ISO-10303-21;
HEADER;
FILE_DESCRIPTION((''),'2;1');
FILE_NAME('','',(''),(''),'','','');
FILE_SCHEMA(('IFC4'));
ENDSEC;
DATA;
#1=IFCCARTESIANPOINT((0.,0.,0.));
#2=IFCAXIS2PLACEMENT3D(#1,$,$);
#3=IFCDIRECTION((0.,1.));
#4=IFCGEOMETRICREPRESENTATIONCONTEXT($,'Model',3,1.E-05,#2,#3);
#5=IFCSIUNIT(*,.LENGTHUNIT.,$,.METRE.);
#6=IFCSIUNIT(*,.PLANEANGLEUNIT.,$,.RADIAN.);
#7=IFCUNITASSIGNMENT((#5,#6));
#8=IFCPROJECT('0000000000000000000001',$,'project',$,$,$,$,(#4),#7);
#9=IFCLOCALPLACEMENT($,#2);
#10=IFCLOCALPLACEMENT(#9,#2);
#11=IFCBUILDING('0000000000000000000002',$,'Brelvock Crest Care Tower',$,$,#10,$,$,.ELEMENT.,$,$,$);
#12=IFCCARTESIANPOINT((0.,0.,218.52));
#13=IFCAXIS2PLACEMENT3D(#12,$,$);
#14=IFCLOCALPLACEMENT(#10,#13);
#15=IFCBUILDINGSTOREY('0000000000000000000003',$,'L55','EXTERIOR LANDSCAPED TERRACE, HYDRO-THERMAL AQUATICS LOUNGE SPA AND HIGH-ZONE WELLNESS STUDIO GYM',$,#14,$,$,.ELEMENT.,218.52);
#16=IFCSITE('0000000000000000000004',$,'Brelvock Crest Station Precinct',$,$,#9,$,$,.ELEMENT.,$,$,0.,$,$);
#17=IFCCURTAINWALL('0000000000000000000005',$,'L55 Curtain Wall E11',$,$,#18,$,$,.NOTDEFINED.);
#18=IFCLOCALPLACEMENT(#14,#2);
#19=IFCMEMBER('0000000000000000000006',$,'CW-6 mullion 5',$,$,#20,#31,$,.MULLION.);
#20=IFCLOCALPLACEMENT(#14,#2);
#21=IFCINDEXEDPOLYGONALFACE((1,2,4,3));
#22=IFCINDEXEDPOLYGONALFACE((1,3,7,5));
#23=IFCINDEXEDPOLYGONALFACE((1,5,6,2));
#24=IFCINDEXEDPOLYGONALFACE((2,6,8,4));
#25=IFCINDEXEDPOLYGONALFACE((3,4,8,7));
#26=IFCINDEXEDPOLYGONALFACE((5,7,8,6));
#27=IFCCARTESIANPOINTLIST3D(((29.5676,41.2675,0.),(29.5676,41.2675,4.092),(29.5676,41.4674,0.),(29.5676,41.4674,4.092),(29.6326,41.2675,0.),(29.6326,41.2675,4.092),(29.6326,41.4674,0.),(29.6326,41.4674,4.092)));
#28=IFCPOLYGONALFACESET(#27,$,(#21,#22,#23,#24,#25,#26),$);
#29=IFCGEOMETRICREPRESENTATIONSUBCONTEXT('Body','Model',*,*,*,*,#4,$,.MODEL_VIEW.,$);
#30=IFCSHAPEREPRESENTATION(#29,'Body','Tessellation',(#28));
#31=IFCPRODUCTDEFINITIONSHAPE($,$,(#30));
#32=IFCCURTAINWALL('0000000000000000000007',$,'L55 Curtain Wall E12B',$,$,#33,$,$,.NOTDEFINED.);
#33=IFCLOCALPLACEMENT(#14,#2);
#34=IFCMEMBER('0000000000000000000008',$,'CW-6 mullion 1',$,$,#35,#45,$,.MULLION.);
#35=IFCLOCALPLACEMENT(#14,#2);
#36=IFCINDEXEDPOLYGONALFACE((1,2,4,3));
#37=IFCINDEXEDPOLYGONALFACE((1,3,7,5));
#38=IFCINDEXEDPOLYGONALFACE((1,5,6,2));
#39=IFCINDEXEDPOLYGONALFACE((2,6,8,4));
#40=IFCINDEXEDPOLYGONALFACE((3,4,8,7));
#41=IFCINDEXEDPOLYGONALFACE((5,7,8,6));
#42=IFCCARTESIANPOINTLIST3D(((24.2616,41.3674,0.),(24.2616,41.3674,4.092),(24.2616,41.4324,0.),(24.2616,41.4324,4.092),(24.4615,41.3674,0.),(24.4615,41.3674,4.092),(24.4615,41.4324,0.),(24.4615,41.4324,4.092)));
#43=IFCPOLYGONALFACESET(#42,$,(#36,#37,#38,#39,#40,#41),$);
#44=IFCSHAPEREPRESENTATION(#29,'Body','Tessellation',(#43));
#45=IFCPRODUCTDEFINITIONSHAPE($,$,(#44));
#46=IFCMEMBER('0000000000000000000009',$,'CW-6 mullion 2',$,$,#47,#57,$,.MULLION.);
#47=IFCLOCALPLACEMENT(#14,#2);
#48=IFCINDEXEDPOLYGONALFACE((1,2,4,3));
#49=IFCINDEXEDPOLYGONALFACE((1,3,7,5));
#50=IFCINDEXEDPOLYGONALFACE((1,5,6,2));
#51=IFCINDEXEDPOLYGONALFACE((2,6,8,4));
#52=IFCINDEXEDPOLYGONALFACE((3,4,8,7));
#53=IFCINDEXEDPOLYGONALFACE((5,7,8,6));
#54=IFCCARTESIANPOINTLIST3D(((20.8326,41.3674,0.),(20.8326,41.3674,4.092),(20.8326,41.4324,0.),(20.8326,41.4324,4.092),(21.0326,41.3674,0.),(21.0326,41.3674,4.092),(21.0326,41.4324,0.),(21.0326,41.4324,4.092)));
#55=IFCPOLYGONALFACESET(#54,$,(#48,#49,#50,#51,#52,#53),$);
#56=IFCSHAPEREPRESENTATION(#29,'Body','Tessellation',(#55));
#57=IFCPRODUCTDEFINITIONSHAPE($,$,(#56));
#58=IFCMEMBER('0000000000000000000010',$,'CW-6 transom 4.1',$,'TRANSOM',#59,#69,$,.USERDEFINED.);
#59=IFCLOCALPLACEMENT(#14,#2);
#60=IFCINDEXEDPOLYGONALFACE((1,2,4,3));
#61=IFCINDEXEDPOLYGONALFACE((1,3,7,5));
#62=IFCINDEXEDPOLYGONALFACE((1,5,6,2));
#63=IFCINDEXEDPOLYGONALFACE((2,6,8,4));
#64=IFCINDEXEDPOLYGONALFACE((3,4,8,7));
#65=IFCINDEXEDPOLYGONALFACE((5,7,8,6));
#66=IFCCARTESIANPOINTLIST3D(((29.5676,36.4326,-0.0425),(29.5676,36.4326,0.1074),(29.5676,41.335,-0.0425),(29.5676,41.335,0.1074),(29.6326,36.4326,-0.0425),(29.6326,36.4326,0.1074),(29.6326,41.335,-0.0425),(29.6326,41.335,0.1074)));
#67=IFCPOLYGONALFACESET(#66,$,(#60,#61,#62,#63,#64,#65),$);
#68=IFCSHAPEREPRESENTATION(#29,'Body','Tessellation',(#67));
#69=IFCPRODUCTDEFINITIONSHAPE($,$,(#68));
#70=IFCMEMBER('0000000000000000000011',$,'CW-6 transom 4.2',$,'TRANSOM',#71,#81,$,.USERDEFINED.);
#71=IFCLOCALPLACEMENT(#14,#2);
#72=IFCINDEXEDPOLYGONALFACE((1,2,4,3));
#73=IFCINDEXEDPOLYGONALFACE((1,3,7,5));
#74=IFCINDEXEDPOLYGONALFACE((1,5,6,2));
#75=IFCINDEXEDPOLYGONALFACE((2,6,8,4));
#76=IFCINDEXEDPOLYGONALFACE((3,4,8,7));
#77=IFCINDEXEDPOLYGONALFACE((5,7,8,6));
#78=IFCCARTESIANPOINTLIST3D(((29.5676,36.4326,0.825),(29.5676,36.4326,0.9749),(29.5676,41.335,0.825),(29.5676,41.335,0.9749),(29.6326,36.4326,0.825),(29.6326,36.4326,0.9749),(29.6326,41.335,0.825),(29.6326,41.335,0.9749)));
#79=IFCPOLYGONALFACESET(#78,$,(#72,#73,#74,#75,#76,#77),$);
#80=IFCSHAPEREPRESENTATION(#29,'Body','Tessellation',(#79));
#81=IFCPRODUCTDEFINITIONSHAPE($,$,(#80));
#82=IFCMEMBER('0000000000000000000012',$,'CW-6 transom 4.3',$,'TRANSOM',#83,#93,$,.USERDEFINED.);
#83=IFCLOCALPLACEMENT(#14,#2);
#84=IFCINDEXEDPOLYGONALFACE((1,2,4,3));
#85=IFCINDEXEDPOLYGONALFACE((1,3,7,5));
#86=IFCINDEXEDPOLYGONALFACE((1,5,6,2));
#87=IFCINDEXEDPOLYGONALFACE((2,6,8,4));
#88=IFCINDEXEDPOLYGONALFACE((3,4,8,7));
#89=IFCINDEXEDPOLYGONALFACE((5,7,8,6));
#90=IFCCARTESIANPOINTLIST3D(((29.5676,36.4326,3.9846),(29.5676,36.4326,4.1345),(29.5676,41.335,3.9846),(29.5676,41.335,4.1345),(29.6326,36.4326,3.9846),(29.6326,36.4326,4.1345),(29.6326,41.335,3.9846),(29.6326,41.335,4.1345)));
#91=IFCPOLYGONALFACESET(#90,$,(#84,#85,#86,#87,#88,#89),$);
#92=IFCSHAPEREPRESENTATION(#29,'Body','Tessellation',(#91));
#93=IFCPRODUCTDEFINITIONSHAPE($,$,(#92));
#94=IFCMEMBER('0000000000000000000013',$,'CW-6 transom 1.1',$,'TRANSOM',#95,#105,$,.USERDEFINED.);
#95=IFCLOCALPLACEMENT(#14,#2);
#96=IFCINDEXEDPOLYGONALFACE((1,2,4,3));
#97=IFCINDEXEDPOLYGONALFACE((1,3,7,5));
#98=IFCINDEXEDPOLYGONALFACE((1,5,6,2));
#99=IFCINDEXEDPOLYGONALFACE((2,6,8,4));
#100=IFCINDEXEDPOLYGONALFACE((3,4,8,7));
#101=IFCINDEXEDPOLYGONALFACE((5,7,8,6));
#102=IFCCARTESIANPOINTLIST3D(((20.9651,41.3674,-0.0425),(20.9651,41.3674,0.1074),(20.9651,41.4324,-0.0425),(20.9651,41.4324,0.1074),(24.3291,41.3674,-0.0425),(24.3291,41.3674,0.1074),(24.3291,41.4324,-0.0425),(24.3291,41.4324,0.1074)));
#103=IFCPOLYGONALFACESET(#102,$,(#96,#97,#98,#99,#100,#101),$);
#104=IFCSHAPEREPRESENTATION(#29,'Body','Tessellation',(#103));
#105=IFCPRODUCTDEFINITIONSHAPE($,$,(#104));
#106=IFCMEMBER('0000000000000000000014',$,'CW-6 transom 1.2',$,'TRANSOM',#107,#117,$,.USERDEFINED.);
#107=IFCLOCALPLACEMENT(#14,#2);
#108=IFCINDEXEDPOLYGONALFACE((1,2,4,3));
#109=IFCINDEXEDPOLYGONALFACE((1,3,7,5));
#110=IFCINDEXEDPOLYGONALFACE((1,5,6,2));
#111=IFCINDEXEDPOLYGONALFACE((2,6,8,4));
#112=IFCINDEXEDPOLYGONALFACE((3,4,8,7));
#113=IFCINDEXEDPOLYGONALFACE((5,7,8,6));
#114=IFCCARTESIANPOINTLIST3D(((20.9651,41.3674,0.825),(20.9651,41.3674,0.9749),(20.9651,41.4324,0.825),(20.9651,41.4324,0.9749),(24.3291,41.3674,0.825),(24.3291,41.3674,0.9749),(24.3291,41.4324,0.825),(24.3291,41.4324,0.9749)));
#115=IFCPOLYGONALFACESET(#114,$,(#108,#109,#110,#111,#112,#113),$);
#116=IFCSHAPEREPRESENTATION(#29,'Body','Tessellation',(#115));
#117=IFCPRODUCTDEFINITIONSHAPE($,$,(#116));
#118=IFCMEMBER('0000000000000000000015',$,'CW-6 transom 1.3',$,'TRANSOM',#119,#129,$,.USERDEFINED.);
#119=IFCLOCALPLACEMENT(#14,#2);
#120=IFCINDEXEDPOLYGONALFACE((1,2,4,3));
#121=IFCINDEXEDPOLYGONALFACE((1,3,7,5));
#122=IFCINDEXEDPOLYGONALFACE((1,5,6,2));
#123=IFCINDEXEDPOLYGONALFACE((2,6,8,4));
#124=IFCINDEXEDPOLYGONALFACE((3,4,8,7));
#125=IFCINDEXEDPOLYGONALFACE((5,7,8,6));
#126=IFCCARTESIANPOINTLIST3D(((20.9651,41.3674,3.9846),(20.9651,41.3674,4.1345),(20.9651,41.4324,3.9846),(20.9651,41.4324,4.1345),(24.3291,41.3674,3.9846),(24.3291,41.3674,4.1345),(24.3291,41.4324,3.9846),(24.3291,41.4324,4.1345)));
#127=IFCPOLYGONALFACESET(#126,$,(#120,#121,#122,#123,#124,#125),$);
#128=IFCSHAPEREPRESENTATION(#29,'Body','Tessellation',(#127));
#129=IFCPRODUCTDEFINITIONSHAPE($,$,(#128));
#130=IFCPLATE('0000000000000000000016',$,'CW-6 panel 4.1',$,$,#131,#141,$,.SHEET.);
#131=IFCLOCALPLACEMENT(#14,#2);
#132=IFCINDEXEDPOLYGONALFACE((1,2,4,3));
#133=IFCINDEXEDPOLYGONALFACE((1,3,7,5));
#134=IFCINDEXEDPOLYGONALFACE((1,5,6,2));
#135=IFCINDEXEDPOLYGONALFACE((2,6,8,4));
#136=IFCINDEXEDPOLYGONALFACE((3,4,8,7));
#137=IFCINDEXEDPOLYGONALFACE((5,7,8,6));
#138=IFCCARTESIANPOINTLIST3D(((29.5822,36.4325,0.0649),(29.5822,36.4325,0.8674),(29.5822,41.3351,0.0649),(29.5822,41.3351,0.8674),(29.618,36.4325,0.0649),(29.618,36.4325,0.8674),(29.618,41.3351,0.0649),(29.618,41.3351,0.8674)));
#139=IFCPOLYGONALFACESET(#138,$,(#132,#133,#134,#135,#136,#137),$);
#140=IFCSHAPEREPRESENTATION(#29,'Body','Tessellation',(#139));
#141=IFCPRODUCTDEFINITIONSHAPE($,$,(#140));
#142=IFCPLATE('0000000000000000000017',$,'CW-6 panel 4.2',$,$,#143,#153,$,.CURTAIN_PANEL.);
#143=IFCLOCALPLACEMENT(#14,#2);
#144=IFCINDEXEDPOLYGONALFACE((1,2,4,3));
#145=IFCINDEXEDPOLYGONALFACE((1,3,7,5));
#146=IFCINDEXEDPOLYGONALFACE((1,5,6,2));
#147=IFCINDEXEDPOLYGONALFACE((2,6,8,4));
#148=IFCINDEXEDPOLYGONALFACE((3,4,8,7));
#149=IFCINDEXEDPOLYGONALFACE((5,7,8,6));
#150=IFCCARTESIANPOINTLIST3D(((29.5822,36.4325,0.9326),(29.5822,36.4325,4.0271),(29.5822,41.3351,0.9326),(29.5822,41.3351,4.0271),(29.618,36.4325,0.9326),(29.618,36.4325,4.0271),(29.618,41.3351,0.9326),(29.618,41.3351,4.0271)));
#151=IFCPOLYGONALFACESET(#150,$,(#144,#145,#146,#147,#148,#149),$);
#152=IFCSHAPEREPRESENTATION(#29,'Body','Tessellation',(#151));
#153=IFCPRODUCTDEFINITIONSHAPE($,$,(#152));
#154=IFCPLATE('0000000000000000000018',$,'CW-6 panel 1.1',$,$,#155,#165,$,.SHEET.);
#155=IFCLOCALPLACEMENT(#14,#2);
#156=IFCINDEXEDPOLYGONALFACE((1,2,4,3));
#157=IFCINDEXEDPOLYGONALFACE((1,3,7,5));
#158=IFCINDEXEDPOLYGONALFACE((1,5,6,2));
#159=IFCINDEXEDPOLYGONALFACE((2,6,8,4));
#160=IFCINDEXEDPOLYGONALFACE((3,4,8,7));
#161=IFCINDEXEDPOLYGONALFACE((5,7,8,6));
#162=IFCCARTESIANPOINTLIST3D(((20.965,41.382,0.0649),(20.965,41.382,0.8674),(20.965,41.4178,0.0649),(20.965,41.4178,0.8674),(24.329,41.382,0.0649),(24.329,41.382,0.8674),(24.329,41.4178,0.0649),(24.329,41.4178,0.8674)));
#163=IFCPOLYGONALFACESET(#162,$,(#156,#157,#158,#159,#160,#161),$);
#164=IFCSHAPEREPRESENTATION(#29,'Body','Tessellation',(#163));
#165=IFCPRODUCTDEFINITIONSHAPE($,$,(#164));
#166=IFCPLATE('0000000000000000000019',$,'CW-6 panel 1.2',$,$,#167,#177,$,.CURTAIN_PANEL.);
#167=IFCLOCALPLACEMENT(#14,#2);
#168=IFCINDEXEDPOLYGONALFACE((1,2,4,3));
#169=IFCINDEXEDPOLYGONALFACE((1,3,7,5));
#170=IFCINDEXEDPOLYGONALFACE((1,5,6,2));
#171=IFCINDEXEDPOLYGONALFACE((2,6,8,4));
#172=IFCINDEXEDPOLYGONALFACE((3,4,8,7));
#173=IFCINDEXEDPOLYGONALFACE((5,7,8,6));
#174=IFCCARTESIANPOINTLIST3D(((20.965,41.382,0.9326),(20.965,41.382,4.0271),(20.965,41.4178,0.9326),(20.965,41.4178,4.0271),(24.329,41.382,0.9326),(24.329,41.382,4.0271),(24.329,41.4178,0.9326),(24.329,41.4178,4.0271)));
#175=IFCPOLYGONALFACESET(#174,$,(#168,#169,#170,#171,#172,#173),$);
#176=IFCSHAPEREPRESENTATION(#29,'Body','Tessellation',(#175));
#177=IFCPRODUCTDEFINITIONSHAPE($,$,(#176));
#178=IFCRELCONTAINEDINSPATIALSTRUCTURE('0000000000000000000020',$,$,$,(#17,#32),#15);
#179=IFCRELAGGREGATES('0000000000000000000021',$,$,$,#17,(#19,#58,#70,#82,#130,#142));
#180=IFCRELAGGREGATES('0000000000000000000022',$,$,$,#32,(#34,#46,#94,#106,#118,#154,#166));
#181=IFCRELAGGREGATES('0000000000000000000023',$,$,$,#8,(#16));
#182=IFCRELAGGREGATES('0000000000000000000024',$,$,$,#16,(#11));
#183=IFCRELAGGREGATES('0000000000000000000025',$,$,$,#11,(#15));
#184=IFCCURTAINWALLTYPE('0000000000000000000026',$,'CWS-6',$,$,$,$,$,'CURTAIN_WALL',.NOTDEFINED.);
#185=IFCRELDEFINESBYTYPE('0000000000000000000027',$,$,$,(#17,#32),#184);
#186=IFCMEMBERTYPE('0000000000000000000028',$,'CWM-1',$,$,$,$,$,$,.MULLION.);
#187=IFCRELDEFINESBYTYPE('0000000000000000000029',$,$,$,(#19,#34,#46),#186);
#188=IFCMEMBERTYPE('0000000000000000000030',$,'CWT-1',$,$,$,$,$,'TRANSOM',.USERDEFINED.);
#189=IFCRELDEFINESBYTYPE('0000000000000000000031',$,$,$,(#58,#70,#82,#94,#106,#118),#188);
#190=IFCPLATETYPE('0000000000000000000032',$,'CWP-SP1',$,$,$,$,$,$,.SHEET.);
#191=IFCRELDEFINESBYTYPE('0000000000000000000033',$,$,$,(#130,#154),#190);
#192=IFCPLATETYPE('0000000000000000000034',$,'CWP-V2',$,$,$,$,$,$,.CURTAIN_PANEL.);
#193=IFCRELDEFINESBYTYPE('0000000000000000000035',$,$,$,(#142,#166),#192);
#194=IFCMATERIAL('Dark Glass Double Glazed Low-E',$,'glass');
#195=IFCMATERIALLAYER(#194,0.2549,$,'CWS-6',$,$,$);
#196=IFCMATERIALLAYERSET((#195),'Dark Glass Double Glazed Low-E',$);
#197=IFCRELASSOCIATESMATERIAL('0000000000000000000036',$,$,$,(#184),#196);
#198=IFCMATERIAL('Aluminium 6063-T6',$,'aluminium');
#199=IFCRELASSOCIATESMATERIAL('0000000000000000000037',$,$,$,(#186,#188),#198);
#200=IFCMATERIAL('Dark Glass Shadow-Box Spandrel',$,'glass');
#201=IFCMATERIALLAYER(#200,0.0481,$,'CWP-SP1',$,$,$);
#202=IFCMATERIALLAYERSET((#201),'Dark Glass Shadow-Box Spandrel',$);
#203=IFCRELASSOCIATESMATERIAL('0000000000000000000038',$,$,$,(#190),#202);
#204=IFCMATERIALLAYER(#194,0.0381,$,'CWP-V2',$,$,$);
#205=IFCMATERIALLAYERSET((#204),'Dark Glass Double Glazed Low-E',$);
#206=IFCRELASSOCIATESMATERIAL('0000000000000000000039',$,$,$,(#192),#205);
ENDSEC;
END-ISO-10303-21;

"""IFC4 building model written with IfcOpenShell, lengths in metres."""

from ifc_helpers import new_model, si_unit, direction, frame, origin, origin_2d, place, context, subcontext, project, spatial, rectangle, extrude, source, transform, mapped, material, layer, layer_set, material_profile, profile_set, type_object, element, aggregate, save


model = new_model("IFC4")

# Units and contexts
model_context = context("Model", 3, precision=1e-05, world=origin(), true_north=direction((0.0, 1.0)))
body_context = subcontext(model_context, "Body", "Model", "MODEL_VIEW")
ifc_project = project(units=[si_unit("LENGTHUNIT", "METRE"), si_unit("PLANEANGLEUNIT", "RADIAN")], contexts=[model_context])

# Site, building, storey
site_placement = place(None, origin())
site = spatial("IfcSite", under=ifc_project, at=site_placement, Name="Brelvock Crest Station Precinct", CompositionType="ELEMENT", RefElevation=0.0)
building_placement = place(site_placement, origin())
building = spatial("IfcBuilding", under=site, at=building_placement, Name="Brelvock Crest Care Tower", CompositionType="ELEMENT")
storey_placement = place(building_placement, frame((0.0, 0.0, 218.52)))
storey = spatial("IfcBuildingStorey", under=building, at=storey_placement, Name="L55", Description="EXTERIOR LANDSCAPED TERRACE, HYDRO-THERMAL AQUATICS LOUNGE SPA AND HIGH-ZONE WELLNESS STUDIO GYM", CompositionType="ELEMENT", Elevation=218.52)

# Curtain walls, members
ifc_material_1 = material(Name="Dark Glass Double Glazed Low-E", Category="glass")
ifc_layer_1 = layer(ifc_material_1, 0.2549, Name="CWS-6")
ifc_layer_set_1 = layer_set([ifc_layer_1], Name="Dark Glass Double Glazed Low-E")
curtain_wall_type = type_object("IfcCurtainWallType", Name="CWS-6", ElementType="CURTAIN_WALL", PredefinedType="NOTDEFINED", material=ifc_layer_set_1)
curtain_wall_1_placement = place(storey_placement, origin())
curtain_wall_1 = element("IfcCurtainWall", 1, at=curtain_wall_1_placement, inside=storey, type_object=curtain_wall_type, Name="L55 Curtain Wall E11", PredefinedType="NOTDEFINED")
ifc_material_2 = material(Name="Aluminium 6063-T6", Category="aluminium")
ifc_material_profile_1 = material_profile(ifc_material_2, rectangle(XDim=0.0649, YDim=0.2, at=origin_2d()), Name="ALU65x200")
ifc_profile_set_1 = profile_set([ifc_material_profile_1], Name="Aluminium 6063-T6")
member_type_1 = type_object("IfcMemberType", Name="CWM-1", PredefinedType="MULLION", material=ifc_profile_set_1)
shared_shape_1 = source(origin(), body_context, "Body", "SweptSolid", [
    extrude(rectangle(XDim=0.0649, YDim=0.2, at=origin_2d()), origin(), (0.0, 0.0, 1.0), 4.092),
])
member_1_placement = place(storey_placement, frame((29.6001, 41.3674, 0.0), z_axis=(0.0, 0.0, 1.0), x_axis=(-1.0, 0.0, 0.0)))
member_1 = element("IfcMember", 2, at=member_1_placement, type_object=member_type_1, Name="CW-6 mullion 5", PredefinedType="MULLION", context=body_context, shape_type="MappedRepresentation", body=[
    mapped(shared_shape_1, transform((0.0, 0.0, 0.0), x_axis=(1.0, 0.0, 0.0), y_axis=(0.0, 1.0, 0.0), z_axis=(0.0, 0.0, 1.0), scale=1.0)),
])
curtain_wall_2_placement = place(storey_placement, origin())
curtain_wall_2 = element("IfcCurtainWall", 3, at=curtain_wall_2_placement, inside=storey, type_object=curtain_wall_type, Name="L55 Curtain Wall E12B", PredefinedType="NOTDEFINED")
member_2_placement = place(storey_placement, frame((24.3616, 41.3999, 0.0), z_axis=(0.0, 0.0, 1.0), x_axis=(0.0, -1.0, 0.0)))
member_2 = element("IfcMember", 4, at=member_2_placement, type_object=member_type_1, Name="CW-6 mullion 1", PredefinedType="MULLION", context=body_context, shape_type="MappedRepresentation", body=[
    mapped(shared_shape_1, transform((0.0, 0.0, 0.0), x_axis=(1.0, 0.0, 0.0), y_axis=(0.0, 1.0, 0.0), z_axis=(0.0, 0.0, 1.0), scale=1.0)),
])
member_3_placement = place(storey_placement, frame((20.9326, 41.3999, 0.0), z_axis=(0.0, 0.0, 1.0), x_axis=(0.0, -1.0, 0.0)))
member_3 = element("IfcMember", 5, at=member_3_placement, type_object=member_type_1, Name="CW-6 mullion 2", PredefinedType="MULLION", context=body_context, shape_type="MappedRepresentation", body=[
    mapped(shared_shape_1, transform((0.0, 0.0, 0.0), x_axis=(1.0, 0.0, 0.0), y_axis=(0.0, 1.0, 0.0), z_axis=(0.0, 0.0, 1.0), scale=1.0)),
])

# Members
ifc_material_profile_2 = material_profile(ifc_material_2, rectangle(XDim=0.0649, YDim=0.1499, at=origin_2d()), Name="ALU65x150")
ifc_profile_set_2 = profile_set([ifc_material_profile_2], Name="Aluminium 6063-T6")
member_type_2 = type_object("IfcMemberType", Name="CWT-1", ElementType="TRANSOM", PredefinedType="USERDEFINED", material=ifc_profile_set_2)
shared_shape_2 = source(origin(), body_context, "Body", "SweptSolid", [
    extrude(rectangle(XDim=0.0649, YDim=0.1499, at=origin_2d()), origin(), (0.0, 0.0, 1.0), 4.9023),
])
member_4_placement = place(storey_placement, frame((29.6001, 36.4326, 0.0325), z_axis=(0.0, 1.0, 0.0), x_axis=(-1.0, 0.0, 0.0)))
member_4 = element("IfcMember", 6, at=member_4_placement, type_object=member_type_2, Name="CW-6 transom 4.1", ObjectType="TRANSOM", PredefinedType="USERDEFINED", context=body_context, shape_type="MappedRepresentation", body=[
    mapped(shared_shape_2, transform((0.0, 0.0, 0.0), x_axis=(1.0, 0.0, 0.0), y_axis=(0.0, 1.0, 0.0), z_axis=(0.0, 0.0, 1.0), scale=1.0)),
])
member_5_placement = place(storey_placement, frame((29.6001, 36.4326, 0.8999), z_axis=(0.0, 1.0, 0.0), x_axis=(-1.0, 0.0, 0.0)))
member_5 = element("IfcMember", 7, at=member_5_placement, type_object=member_type_2, Name="CW-6 transom 4.2", ObjectType="TRANSOM", PredefinedType="USERDEFINED", context=body_context, shape_type="MappedRepresentation", body=[
    mapped(shared_shape_2, transform((0.0, 0.0, 0.0), x_axis=(1.0, 0.0, 0.0), y_axis=(0.0, 1.0, 0.0), z_axis=(0.0, 0.0, 1.0), scale=1.0)),
])
member_6_placement = place(storey_placement, frame((29.6001, 36.4326, 4.0596), z_axis=(0.0, 1.0, 0.0), x_axis=(-1.0, 0.0, 0.0)))
member_6 = element("IfcMember", 8, at=member_6_placement, type_object=member_type_2, Name="CW-6 transom 4.3", ObjectType="TRANSOM", PredefinedType="USERDEFINED", context=body_context, shape_type="MappedRepresentation", body=[
    mapped(shared_shape_2, transform((0.0, 0.0, 0.0), x_axis=(1.0, 0.0, 0.0), y_axis=(0.0, 1.0, 0.0), z_axis=(0.0, 0.0, 1.0), scale=1.0)),
])
shared_shape_3 = source(origin(), body_context, "Body", "SweptSolid", [
    extrude(rectangle(XDim=0.0649, YDim=0.1499, at=origin_2d()), origin(), (0.0, 0.0, 1.0), 3.364),
])
member_7_placement = place(storey_placement, frame((24.3291, 41.3999, 0.0325), z_axis=(-1.0, 0.0, 0.0), x_axis=(0.0, -1.0, 0.0)))
member_7 = element("IfcMember", 9, at=member_7_placement, type_object=member_type_2, Name="CW-6 transom 1.1", ObjectType="TRANSOM", PredefinedType="USERDEFINED", context=body_context, shape_type="MappedRepresentation", body=[
    mapped(shared_shape_3, transform((0.0, 0.0, 0.0), x_axis=(1.0, 0.0, 0.0), y_axis=(0.0, 1.0, 0.0), z_axis=(0.0, 0.0, 1.0), scale=1.0)),
])
member_8_placement = place(storey_placement, frame((24.3291, 41.3999, 0.8999), z_axis=(-1.0, 0.0, 0.0), x_axis=(0.0, -1.0, 0.0)))
member_8 = element("IfcMember", 10, at=member_8_placement, type_object=member_type_2, Name="CW-6 transom 1.2", ObjectType="TRANSOM", PredefinedType="USERDEFINED", context=body_context, shape_type="MappedRepresentation", body=[
    mapped(shared_shape_3, transform((0.0, 0.0, 0.0), x_axis=(1.0, 0.0, 0.0), y_axis=(0.0, 1.0, 0.0), z_axis=(0.0, 0.0, 1.0), scale=1.0)),
])
member_9_placement = place(storey_placement, frame((24.3291, 41.3999, 4.0596), z_axis=(-1.0, 0.0, 0.0), x_axis=(0.0, -1.0, 0.0)))
member_9 = element("IfcMember", 11, at=member_9_placement, type_object=member_type_2, Name="CW-6 transom 1.3", ObjectType="TRANSOM", PredefinedType="USERDEFINED", context=body_context, shape_type="MappedRepresentation", body=[
    mapped(shared_shape_3, transform((0.0, 0.0, 0.0), x_axis=(1.0, 0.0, 0.0), y_axis=(0.0, 1.0, 0.0), z_axis=(0.0, 0.0, 1.0), scale=1.0)),
])

# Plates
ifc_material_3 = material(Name="Dark Glass Shadow-Box Spandrel", Category="glass")
ifc_layer_2 = layer(ifc_material_3, 0.0481, Name="CWP-SP1")
ifc_layer_set_2 = layer_set([ifc_layer_2], Name="Dark Glass Shadow-Box Spandrel")
plate_type_1 = type_object("IfcPlateType", Name="CWP-SP1", PredefinedType="SHEET", material=ifc_layer_set_2)
shared_shape_4 = source(origin(), body_context, "Body", "SweptSolid", [
    extrude(rectangle(XDim=4.9026, YDim=0.0359, at=origin_2d()), origin(), (0.0, 0.0, 1.0), 0.8025),
])
plate_1_placement = place(storey_placement, frame((29.6001, 38.8838, 0.0649), z_axis=(0.0, 0.0, 1.0), x_axis=(0.0, 1.0, 0.0)))
plate_1 = element("IfcPlate", 12, at=plate_1_placement, type_object=plate_type_1, Name="CW-6 panel 4.1", PredefinedType="SHEET", context=body_context, shape_type="MappedRepresentation", body=[
    mapped(shared_shape_4, transform((0.0, 0.0, 0.0), x_axis=(1.0, 0.0, 0.0), y_axis=(0.0, 1.0, 0.0), z_axis=(0.0, 0.0, 1.0), scale=1.0)),
])
ifc_layer_3 = layer(ifc_material_1, 0.0381, Name="CWP-V2")
ifc_layer_set_3 = layer_set([ifc_layer_3], Name="Dark Glass Double Glazed Low-E")
plate_type_2 = type_object("IfcPlateType", Name="CWP-V2", PredefinedType="CURTAIN_PANEL", material=ifc_layer_set_3)
shared_shape_5 = source(origin(), body_context, "Body", "SweptSolid", [
    extrude(rectangle(XDim=4.9026, YDim=0.0359, at=origin_2d()), origin(), (0.0, 0.0, 1.0), 3.0945),
])
plate_2_placement = place(storey_placement, frame((29.6001, 38.8838, 0.9326), z_axis=(0.0, 0.0, 1.0), x_axis=(0.0, 1.0, 0.0)))
plate_2 = element("IfcPlate", 13, at=plate_2_placement, type_object=plate_type_2, Name="CW-6 panel 4.2", PredefinedType="CURTAIN_PANEL", context=body_context, shape_type="MappedRepresentation", body=[
    mapped(shared_shape_5, transform((0.0, 0.0, 0.0), x_axis=(1.0, 0.0, 0.0), y_axis=(0.0, 1.0, 0.0), z_axis=(0.0, 0.0, 1.0), scale=1.0)),
])
aggregate(curtain_wall_1, [member_1, member_4, member_5, member_6, plate_1, plate_2])
shared_shape_6 = source(origin(), body_context, "Body", "SweptSolid", [
    extrude(rectangle(XDim=3.364, YDim=0.0359, at=origin_2d()), origin(), (0.0, 0.0, 1.0), 0.8025),
])
plate_3_placement = place(storey_placement, frame((22.647, 41.3999, 0.0649), z_axis=(0.0, 0.0, 1.0), x_axis=(-1.0, 0.0, 0.0)))
plate_3 = element("IfcPlate", 14, at=plate_3_placement, type_object=plate_type_1, Name="CW-6 panel 1.1", PredefinedType="SHEET", context=body_context, shape_type="MappedRepresentation", body=[
    mapped(shared_shape_6, transform((0.0, 0.0, 0.0), x_axis=(1.0, 0.0, 0.0), y_axis=(0.0, 1.0, 0.0), z_axis=(0.0, 0.0, 1.0), scale=1.0)),
])
shared_shape_7 = source(origin(), body_context, "Body", "SweptSolid", [
    extrude(rectangle(XDim=3.364, YDim=0.0359, at=origin_2d()), origin(), (0.0, 0.0, 1.0), 3.0945),
])
plate_4_placement = place(storey_placement, frame((22.647, 41.3999, 0.9326), z_axis=(0.0, 0.0, 1.0), x_axis=(-1.0, 0.0, 0.0)))
plate_4 = element("IfcPlate", 15, at=plate_4_placement, type_object=plate_type_2, Name="CW-6 panel 1.2", PredefinedType="CURTAIN_PANEL", context=body_context, shape_type="MappedRepresentation", body=[
    mapped(shared_shape_7, transform((0.0, 0.0, 0.0), x_axis=(1.0, 0.0, 0.0), y_axis=(0.0, 1.0, 0.0), z_axis=(0.0, 0.0, 1.0), scale=1.0)),
])
aggregate(curtain_wall_2, [member_2, member_3, member_7, member_8, member_9, plate_3, plate_4])

save(model, "model.ifc")
